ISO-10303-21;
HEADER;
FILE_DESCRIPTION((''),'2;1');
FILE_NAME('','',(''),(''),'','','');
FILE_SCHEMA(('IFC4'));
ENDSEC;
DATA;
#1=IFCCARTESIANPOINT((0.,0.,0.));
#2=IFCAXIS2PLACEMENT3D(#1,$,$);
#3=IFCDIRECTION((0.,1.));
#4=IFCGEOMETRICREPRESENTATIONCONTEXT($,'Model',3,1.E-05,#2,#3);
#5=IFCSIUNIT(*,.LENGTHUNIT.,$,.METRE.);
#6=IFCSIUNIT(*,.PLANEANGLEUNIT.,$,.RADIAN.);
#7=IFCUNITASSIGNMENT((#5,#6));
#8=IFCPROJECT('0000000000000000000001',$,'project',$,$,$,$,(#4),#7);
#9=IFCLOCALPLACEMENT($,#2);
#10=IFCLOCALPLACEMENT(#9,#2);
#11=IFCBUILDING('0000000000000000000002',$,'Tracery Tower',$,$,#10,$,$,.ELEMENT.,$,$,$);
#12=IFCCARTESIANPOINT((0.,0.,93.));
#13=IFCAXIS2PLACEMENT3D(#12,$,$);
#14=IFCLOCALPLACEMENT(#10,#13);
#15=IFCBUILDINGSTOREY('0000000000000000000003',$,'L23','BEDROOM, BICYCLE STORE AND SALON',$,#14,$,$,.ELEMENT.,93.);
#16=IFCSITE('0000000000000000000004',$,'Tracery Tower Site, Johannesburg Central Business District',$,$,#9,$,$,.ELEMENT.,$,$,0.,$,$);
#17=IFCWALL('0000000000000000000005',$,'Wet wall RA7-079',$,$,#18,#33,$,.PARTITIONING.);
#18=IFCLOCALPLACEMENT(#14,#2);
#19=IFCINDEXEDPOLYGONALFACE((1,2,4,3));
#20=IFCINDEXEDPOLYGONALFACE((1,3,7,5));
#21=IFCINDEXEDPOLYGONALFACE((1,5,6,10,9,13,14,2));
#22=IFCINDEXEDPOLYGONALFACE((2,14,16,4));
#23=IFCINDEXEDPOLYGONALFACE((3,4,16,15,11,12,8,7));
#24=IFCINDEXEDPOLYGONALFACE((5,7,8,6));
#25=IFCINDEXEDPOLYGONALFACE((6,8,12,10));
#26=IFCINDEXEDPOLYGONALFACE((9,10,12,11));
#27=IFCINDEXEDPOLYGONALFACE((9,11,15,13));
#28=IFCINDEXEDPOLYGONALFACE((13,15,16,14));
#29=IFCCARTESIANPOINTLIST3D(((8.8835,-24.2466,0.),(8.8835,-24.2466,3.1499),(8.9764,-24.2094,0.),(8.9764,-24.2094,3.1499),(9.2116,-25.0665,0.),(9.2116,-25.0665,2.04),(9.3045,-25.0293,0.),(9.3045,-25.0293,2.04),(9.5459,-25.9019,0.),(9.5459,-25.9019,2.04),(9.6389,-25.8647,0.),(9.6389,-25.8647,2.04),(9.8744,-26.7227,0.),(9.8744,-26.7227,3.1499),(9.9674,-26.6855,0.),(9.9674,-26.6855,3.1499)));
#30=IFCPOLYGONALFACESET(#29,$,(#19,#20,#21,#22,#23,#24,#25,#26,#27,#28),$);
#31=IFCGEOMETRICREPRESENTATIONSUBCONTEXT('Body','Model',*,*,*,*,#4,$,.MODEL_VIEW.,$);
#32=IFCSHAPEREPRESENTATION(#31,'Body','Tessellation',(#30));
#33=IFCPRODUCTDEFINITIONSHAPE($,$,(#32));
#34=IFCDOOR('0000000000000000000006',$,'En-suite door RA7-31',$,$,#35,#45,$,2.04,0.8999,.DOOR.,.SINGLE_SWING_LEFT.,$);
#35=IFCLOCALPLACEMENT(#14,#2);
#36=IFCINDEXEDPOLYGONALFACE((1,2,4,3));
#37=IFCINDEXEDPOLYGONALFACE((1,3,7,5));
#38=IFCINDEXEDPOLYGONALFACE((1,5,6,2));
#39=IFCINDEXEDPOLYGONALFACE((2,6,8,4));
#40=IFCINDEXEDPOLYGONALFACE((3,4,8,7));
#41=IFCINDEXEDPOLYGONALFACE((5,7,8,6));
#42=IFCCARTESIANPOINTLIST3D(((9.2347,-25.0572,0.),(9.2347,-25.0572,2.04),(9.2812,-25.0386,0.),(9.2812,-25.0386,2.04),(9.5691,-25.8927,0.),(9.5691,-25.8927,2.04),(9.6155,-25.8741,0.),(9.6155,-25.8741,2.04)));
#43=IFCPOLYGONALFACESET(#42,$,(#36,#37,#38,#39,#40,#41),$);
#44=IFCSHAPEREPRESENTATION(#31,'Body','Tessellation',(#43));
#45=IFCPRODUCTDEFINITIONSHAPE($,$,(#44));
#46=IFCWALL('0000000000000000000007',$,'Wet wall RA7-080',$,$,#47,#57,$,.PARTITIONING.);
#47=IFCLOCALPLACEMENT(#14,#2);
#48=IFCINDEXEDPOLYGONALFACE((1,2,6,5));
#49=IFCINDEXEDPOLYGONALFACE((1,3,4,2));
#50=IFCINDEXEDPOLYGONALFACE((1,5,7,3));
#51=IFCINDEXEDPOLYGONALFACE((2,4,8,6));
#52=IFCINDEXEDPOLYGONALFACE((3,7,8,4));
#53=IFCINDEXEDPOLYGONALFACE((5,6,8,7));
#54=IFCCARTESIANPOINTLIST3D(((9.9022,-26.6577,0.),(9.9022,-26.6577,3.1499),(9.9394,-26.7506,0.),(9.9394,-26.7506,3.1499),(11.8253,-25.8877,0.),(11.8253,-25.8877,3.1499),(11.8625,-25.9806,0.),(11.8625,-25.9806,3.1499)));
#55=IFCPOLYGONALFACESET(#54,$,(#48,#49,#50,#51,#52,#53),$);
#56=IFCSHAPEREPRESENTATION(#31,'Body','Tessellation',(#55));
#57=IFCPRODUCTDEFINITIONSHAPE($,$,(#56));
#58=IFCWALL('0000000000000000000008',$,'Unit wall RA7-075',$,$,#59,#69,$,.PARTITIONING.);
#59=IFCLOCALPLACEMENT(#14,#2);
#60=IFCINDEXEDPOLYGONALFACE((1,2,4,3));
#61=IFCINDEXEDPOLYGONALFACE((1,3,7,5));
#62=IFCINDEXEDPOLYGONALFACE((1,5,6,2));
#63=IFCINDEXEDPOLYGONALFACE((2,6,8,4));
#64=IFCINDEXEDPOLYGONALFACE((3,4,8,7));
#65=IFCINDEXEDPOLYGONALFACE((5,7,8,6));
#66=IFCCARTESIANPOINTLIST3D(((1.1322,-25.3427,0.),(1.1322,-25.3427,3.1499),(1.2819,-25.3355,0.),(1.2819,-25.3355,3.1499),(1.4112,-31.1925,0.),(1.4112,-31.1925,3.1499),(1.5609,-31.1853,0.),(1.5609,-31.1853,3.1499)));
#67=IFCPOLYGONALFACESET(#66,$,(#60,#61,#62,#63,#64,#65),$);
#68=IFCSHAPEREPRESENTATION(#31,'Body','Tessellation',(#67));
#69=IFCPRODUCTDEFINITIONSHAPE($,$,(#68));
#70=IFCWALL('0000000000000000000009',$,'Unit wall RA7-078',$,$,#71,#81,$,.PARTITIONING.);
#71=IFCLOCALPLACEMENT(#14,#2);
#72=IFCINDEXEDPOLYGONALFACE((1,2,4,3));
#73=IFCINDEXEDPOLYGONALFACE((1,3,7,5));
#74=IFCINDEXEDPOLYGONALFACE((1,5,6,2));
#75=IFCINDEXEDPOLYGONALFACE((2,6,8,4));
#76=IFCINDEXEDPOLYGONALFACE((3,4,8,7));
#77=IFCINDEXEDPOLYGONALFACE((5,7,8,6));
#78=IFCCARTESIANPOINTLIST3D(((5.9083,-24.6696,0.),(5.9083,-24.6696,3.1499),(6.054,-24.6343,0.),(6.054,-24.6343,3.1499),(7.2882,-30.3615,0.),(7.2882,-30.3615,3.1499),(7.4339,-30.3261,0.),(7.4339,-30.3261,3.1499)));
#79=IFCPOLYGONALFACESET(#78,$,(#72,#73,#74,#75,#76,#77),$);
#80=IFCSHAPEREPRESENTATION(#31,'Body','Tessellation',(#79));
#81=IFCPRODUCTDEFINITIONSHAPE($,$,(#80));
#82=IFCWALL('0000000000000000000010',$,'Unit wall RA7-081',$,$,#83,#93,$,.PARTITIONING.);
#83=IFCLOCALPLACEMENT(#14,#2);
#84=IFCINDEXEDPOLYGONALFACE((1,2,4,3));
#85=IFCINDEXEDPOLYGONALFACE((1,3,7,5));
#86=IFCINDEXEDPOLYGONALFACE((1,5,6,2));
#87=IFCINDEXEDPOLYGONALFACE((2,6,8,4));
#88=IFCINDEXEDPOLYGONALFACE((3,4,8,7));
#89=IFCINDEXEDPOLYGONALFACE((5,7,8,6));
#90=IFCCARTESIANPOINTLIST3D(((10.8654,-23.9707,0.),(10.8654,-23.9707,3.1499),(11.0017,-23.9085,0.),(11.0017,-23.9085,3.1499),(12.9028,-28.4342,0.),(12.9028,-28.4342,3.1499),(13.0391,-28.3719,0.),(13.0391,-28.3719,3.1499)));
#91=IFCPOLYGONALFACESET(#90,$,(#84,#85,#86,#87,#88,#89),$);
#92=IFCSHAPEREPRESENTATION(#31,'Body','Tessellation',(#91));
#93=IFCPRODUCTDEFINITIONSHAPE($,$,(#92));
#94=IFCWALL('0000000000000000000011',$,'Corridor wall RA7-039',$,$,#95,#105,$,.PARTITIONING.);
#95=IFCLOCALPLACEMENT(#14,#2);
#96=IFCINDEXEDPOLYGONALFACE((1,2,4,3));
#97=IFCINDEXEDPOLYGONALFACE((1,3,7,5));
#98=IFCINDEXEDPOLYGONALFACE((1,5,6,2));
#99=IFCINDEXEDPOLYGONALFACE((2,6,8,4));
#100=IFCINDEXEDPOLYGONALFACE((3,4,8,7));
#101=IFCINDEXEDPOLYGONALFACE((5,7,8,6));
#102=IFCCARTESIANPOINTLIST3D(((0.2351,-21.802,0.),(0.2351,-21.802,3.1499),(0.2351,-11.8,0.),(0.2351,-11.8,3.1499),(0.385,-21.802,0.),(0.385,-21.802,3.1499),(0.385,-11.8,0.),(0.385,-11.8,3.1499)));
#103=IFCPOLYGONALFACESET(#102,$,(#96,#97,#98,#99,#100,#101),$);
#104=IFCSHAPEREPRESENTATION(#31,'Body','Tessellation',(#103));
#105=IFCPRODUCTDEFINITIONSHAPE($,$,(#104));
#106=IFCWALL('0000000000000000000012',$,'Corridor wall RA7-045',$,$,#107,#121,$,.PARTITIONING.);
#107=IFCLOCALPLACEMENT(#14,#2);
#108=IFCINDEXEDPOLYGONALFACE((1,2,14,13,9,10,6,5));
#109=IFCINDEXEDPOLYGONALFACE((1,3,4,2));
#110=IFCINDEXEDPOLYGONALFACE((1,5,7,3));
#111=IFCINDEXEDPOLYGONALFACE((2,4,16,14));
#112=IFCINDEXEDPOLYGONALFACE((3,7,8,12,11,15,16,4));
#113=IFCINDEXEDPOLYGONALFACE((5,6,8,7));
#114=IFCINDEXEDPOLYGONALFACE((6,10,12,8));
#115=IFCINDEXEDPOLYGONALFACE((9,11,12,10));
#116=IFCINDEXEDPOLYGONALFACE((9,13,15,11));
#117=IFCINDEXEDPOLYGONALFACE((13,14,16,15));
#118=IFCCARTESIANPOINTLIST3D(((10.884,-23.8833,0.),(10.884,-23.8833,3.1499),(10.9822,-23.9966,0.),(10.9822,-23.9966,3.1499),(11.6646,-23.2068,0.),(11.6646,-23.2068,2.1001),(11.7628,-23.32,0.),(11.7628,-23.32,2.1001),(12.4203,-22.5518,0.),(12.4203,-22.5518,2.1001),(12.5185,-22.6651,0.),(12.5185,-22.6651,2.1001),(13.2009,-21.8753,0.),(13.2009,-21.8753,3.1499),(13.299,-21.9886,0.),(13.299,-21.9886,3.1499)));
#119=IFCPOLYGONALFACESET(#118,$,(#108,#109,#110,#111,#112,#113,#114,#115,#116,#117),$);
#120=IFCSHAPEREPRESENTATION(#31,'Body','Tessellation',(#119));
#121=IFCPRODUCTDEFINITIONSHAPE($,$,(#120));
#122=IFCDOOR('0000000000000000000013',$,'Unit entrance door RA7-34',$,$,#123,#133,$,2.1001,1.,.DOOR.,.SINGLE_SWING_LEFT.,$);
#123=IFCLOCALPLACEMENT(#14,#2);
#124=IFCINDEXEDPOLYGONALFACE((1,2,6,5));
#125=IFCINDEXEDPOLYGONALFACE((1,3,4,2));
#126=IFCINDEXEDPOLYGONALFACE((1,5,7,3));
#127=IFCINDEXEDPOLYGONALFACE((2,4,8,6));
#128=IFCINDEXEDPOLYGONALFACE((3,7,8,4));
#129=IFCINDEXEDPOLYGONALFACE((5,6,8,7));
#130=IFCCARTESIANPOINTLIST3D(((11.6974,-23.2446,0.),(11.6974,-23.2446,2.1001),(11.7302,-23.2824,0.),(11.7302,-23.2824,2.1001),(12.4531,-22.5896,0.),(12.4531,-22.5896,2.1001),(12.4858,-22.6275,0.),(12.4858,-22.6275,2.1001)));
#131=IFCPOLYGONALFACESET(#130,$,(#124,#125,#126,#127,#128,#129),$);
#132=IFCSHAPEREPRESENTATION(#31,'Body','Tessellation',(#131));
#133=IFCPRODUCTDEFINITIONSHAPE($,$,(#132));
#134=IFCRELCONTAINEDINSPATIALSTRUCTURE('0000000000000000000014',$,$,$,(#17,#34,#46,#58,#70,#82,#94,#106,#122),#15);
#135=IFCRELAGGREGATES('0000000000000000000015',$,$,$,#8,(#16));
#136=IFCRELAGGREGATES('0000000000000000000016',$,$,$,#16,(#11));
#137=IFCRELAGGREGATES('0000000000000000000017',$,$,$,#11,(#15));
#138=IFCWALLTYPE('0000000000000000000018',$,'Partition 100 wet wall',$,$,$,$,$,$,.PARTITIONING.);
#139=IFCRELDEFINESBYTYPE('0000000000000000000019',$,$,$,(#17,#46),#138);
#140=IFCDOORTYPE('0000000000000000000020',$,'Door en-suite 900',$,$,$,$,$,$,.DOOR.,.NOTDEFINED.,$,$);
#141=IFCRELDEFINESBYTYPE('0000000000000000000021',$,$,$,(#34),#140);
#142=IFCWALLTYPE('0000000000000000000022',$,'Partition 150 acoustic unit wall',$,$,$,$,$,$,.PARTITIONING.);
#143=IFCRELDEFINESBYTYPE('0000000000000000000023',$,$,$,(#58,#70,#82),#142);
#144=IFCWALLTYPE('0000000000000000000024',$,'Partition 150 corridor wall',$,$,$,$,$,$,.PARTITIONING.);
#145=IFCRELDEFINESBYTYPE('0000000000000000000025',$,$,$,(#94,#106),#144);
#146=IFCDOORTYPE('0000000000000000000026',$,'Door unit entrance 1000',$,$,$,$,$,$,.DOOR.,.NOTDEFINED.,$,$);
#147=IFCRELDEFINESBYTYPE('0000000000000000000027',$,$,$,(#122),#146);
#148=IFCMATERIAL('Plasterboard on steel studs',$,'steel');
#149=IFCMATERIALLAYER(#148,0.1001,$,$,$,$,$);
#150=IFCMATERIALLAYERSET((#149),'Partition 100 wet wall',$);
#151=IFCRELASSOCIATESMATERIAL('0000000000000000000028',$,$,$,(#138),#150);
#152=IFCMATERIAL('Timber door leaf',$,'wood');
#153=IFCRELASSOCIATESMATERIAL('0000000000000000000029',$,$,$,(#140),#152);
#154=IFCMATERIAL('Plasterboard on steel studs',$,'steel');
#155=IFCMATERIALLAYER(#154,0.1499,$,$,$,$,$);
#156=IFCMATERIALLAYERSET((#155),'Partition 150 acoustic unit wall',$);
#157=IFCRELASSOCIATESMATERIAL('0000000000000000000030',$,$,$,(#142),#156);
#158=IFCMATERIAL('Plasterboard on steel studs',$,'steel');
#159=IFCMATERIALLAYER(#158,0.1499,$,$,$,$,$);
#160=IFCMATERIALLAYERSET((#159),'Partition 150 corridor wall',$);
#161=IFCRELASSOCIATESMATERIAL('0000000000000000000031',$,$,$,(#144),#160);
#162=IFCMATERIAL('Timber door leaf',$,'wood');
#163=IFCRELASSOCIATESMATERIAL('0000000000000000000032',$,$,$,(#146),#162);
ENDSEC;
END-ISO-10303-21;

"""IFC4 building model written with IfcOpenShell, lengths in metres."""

from ifc_helpers import new_model, si_unit, direction, frame, frame_2d, origin, place, context, subcontext, project, spatial, rectangle, extrude, material, layer, layer_set, type_object, element, fill, save


model = new_model("IFC4")

# Units and contexts
model_context = context("Model", 3, precision=1e-05, world=origin(), true_north=direction((0.0, 1.0)))
body_context = subcontext(model_context, "Body", "Model", "MODEL_VIEW")
ifc_project = project(units=[si_unit("LENGTHUNIT", "METRE"), si_unit("PLANEANGLEUNIT", "RADIAN")], contexts=[model_context])

# Site, building, storey
site_placement = place(None, origin())
site = spatial("IfcSite", under=ifc_project, at=site_placement, Name="Tracery Tower Site, Johannesburg Central Business District", CompositionType="ELEMENT", RefElevation=0.0)
building_placement = place(site_placement, origin())
building = spatial("IfcBuilding", under=site, at=building_placement, Name="Tracery Tower", CompositionType="ELEMENT")
storey_placement = place(building_placement, frame((0.0, 0.0, 93.0)))
storey = spatial("IfcBuildingStorey", under=building, at=storey_placement, Name="L23", Description="BEDROOM, BICYCLE STORE AND SALON", CompositionType="ELEMENT", Elevation=93.0)

# Shared definitions
ifc_material_1 = material(Name="Plasterboard on steel studs", Category="steel")
ifc_layer_1 = layer(ifc_material_1, 0.1001)
ifc_layer_set_1 = layer_set([ifc_layer_1], Name="Partition 100 wet wall")
wall_type_1 = type_object("IfcWallType", Name="Partition 100 wet wall", PredefinedType="PARTITIONING", material=ifc_layer_set_1)
ifc_material_2 = material(Name="Timber door leaf", Category="wood")
door_type_1 = type_object("IfcDoorType", Name="Door en-suite 900", OperationType="NOTDEFINED", PredefinedType="DOOR", material=ifc_material_2)

# Wall, opening, door
wall_1_placement = place(storey_placement, frame((8.9299, -24.228, 0.0), z_axis=(0.0, 0.0, 1.0), x_axis=(0.371564, -0.928407, 0.0)))
wall_1 = element("IfcWall", 1, at=wall_1_placement, inside=storey, type_object=wall_type_1, Name="Wet wall RA7-079", PredefinedType="PARTITIONING", context=body_context, shape_type="SweptSolid", body=[
    extrude(rectangle(XDim=2.667, YDim=0.1001, at=frame_2d((1.3335, 0.0))), origin(), (0.0, 0.0, 1.0), 3.1499),
])
opening_1_placement = place(wall_1_placement, frame((0.8831, 0.0, 0.0)))
opening_1 = element("IfcOpeningElement", 2, at=opening_1_placement, cuts=wall_1, PredefinedType="OPENING", context=body_context, shape_type="SweptSolid", body=[
    extrude(rectangle(XDim=0.8999, YDim=2.04, at=frame_2d((0.45, 1.02))), frame((0.0, 0.05, 0.0), z_axis=(0.0, -1.0, 0.0), x_axis=(1.0, 0.0, 0.0)), (0.0, 0.0, 1.0), 0.1001),
])
door_1_placement = place(opening_1_placement, origin())
door_1 = element("IfcDoor", 3, at=door_1_placement, inside=storey, type_object=door_type_1, Name="En-suite door RA7-31", OperationType="SINGLE_SWING_LEFT", OverallHeight=2.04, OverallWidth=0.8999, PredefinedType="DOOR", context=body_context, shape_type="SweptSolid", body=[
    extrude(rectangle(XDim=0.8999, YDim=2.04, at=frame_2d((0.45, 1.02))), frame((0.0, 0.0249, 0.0), z_axis=(0.0, -1.0, 0.0), x_axis=(1.0, 0.0, 0.0)), (0.0, 0.0, 1.0), 0.05),
])
fill(opening_1, door_1)

# Walls
wall_2_placement = place(storey_placement, frame((9.9209, -26.7041, 0.0), z_axis=(0.0, 0.0, 1.0), x_axis=(0.928347, 0.371716, 0.0)))
element("IfcWall", 4, at=wall_2_placement, inside=storey, type_object=wall_type_1, Name="Wet wall RA7-080", PredefinedType="PARTITIONING", context=body_context, shape_type="SweptSolid", body=[
    extrude(rectangle(XDim=2.0715, YDim=0.1001, at=frame_2d((1.0356, 0.0))), origin(), (0.0, 0.0, 1.0), 3.1499),
])
ifc_material_3 = material(Name="Plasterboard on steel studs", Category="steel")
ifc_layer_2 = layer(ifc_material_3, 0.1499)
ifc_layer_set_2 = layer_set([ifc_layer_2], Name="Partition 150 acoustic unit wall")
wall_type_2 = type_object("IfcWallType", Name="Partition 150 acoustic unit wall", PredefinedType="PARTITIONING", material=ifc_layer_set_2)
wall_3_placement = place(storey_placement, frame((1.207, -25.3391, 0.0), z_axis=(0.0, 0.0, 1.0), x_axis=(0.047648, -0.998864, 0.0)))
element("IfcWall", 5, at=wall_3_placement, inside=storey, type_object=wall_type_2, Name="Unit wall RA7-075", PredefinedType="PARTITIONING", context=body_context, shape_type="SweptSolid", body=[
    extrude(rectangle(XDim=5.8564, YDim=0.1499, at=frame_2d((2.9282, 0.0))), origin(), (0.0, 0.0, 1.0), 3.1499),
])
wall_4_placement = place(storey_placement, frame((5.9812, -24.6521, 0.0), z_axis=(0.0, 0.0, 1.0), x_axis=(0.235605, -0.971849, 0.0)))
element("IfcWall", 6, at=wall_4_placement, inside=storey, type_object=wall_type_2, Name="Unit wall RA7-078", PredefinedType="PARTITIONING", context=body_context, shape_type="SweptSolid", body=[
    extrude(rectangle(XDim=5.8567, YDim=0.1499, at=frame_2d((2.9282, 0.0))), origin(), (0.0, 0.0, 1.0), 3.1499),
])
wall_5_placement = place(storey_placement, frame((10.9336, -23.9397, 0.0), z_axis=(0.0, 0.0, 1.0), x_axis=(0.415246, -0.909709, 0.0)))
element("IfcWall", 7, at=wall_5_placement, inside=storey, type_object=wall_type_2, Name="Unit wall RA7-081", PredefinedType="PARTITIONING", context=body_context, shape_type="SweptSolid", body=[
    extrude(rectangle(XDim=4.9065, YDim=0.1499, at=frame_2d((2.4531, 0.0))), origin(), (0.0, 0.0, 1.0), 3.1499),
])
ifc_material_4 = material(Name="Plasterboard on steel studs", Category="steel")
ifc_layer_3 = layer(ifc_material_4, 0.1499)
ifc_layer_set_3 = layer_set([ifc_layer_3], Name="Partition 150 corridor wall")
wall_type_3 = type_object("IfcWallType", Name="Partition 150 corridor wall", PredefinedType="PARTITIONING", material=ifc_layer_set_3)
wall_6_placement = place(storey_placement, frame((0.3101, -21.802, 0.0), z_axis=(0.0, 0.0, 1.0), x_axis=(0.0, 1.0, 0.0)))
element("IfcWall", 8, at=wall_6_placement, inside=storey, type_object=wall_type_3, Name="Corridor wall RA7-039", PredefinedType="PARTITIONING", context=body_context, shape_type="SweptSolid", body=[
    extrude(rectangle(XDim=10.002, YDim=0.1499, at=frame_2d((5.001, 0.0))), origin(), (0.0, 0.0, 1.0), 3.1499),
])

# Wall, opening, door
wall_7_placement = place(storey_placement, frame((10.9331, -23.9399, 0.0), z_axis=(0.0, 0.0, 1.0), x_axis=(0.755676, 0.654946, 0.0)))
wall_7 = element("IfcWall", 9, at=wall_7_placement, inside=storey, type_object=wall_type_3, Name="Corridor wall RA7-045", PredefinedType="PARTITIONING", context=body_context, shape_type="SweptSolid", body=[
    extrude(rectangle(XDim=3.0659, YDim=0.1499, at=frame_2d((1.533, 0.0))), origin(), (0.0, 0.0, 1.0), 3.1499),
])
opening_2_placement = place(wall_7_placement, frame((1.033, 0.0, 0.0)))
opening_2 = element("IfcOpeningElement", 10, at=opening_2_placement, cuts=wall_7, PredefinedType="OPENING", context=body_context, shape_type="SweptSolid", body=[
    extrude(rectangle(XDim=1.0, YDim=2.1001, at=frame_2d((0.5, 1.05))), frame((0.0, 0.075, 0.0), z_axis=(0.0, -1.0, 0.0), x_axis=(1.0, 0.0, 0.0)), (0.0, 0.0, 1.0), 0.1499),
])
ifc_material_5 = material(Name="Timber door leaf", Category="wood")
door_type_2 = type_object("IfcDoorType", Name="Door unit entrance 1000", OperationType="NOTDEFINED", PredefinedType="DOOR", material=ifc_material_5)
door_2_placement = place(opening_2_placement, origin())
door_2 = element("IfcDoor", 11, at=door_2_placement, inside=storey, type_object=door_type_2, Name="Unit entrance door RA7-34", OperationType="SINGLE_SWING_LEFT", OverallHeight=2.1001, OverallWidth=1.0, PredefinedType="DOOR", context=body_context, shape_type="SweptSolid", body=[
    extrude(rectangle(XDim=1.0, YDim=2.1001, at=frame_2d((0.5, 1.05))), frame((0.0, 0.0249, 0.0), z_axis=(0.0, -1.0, 0.0), x_axis=(1.0, 0.0, 0.0)), (0.0, 0.0, 1.0), 0.05),
])
fill(opening_2, door_2)

save(model, "model.ifc")
